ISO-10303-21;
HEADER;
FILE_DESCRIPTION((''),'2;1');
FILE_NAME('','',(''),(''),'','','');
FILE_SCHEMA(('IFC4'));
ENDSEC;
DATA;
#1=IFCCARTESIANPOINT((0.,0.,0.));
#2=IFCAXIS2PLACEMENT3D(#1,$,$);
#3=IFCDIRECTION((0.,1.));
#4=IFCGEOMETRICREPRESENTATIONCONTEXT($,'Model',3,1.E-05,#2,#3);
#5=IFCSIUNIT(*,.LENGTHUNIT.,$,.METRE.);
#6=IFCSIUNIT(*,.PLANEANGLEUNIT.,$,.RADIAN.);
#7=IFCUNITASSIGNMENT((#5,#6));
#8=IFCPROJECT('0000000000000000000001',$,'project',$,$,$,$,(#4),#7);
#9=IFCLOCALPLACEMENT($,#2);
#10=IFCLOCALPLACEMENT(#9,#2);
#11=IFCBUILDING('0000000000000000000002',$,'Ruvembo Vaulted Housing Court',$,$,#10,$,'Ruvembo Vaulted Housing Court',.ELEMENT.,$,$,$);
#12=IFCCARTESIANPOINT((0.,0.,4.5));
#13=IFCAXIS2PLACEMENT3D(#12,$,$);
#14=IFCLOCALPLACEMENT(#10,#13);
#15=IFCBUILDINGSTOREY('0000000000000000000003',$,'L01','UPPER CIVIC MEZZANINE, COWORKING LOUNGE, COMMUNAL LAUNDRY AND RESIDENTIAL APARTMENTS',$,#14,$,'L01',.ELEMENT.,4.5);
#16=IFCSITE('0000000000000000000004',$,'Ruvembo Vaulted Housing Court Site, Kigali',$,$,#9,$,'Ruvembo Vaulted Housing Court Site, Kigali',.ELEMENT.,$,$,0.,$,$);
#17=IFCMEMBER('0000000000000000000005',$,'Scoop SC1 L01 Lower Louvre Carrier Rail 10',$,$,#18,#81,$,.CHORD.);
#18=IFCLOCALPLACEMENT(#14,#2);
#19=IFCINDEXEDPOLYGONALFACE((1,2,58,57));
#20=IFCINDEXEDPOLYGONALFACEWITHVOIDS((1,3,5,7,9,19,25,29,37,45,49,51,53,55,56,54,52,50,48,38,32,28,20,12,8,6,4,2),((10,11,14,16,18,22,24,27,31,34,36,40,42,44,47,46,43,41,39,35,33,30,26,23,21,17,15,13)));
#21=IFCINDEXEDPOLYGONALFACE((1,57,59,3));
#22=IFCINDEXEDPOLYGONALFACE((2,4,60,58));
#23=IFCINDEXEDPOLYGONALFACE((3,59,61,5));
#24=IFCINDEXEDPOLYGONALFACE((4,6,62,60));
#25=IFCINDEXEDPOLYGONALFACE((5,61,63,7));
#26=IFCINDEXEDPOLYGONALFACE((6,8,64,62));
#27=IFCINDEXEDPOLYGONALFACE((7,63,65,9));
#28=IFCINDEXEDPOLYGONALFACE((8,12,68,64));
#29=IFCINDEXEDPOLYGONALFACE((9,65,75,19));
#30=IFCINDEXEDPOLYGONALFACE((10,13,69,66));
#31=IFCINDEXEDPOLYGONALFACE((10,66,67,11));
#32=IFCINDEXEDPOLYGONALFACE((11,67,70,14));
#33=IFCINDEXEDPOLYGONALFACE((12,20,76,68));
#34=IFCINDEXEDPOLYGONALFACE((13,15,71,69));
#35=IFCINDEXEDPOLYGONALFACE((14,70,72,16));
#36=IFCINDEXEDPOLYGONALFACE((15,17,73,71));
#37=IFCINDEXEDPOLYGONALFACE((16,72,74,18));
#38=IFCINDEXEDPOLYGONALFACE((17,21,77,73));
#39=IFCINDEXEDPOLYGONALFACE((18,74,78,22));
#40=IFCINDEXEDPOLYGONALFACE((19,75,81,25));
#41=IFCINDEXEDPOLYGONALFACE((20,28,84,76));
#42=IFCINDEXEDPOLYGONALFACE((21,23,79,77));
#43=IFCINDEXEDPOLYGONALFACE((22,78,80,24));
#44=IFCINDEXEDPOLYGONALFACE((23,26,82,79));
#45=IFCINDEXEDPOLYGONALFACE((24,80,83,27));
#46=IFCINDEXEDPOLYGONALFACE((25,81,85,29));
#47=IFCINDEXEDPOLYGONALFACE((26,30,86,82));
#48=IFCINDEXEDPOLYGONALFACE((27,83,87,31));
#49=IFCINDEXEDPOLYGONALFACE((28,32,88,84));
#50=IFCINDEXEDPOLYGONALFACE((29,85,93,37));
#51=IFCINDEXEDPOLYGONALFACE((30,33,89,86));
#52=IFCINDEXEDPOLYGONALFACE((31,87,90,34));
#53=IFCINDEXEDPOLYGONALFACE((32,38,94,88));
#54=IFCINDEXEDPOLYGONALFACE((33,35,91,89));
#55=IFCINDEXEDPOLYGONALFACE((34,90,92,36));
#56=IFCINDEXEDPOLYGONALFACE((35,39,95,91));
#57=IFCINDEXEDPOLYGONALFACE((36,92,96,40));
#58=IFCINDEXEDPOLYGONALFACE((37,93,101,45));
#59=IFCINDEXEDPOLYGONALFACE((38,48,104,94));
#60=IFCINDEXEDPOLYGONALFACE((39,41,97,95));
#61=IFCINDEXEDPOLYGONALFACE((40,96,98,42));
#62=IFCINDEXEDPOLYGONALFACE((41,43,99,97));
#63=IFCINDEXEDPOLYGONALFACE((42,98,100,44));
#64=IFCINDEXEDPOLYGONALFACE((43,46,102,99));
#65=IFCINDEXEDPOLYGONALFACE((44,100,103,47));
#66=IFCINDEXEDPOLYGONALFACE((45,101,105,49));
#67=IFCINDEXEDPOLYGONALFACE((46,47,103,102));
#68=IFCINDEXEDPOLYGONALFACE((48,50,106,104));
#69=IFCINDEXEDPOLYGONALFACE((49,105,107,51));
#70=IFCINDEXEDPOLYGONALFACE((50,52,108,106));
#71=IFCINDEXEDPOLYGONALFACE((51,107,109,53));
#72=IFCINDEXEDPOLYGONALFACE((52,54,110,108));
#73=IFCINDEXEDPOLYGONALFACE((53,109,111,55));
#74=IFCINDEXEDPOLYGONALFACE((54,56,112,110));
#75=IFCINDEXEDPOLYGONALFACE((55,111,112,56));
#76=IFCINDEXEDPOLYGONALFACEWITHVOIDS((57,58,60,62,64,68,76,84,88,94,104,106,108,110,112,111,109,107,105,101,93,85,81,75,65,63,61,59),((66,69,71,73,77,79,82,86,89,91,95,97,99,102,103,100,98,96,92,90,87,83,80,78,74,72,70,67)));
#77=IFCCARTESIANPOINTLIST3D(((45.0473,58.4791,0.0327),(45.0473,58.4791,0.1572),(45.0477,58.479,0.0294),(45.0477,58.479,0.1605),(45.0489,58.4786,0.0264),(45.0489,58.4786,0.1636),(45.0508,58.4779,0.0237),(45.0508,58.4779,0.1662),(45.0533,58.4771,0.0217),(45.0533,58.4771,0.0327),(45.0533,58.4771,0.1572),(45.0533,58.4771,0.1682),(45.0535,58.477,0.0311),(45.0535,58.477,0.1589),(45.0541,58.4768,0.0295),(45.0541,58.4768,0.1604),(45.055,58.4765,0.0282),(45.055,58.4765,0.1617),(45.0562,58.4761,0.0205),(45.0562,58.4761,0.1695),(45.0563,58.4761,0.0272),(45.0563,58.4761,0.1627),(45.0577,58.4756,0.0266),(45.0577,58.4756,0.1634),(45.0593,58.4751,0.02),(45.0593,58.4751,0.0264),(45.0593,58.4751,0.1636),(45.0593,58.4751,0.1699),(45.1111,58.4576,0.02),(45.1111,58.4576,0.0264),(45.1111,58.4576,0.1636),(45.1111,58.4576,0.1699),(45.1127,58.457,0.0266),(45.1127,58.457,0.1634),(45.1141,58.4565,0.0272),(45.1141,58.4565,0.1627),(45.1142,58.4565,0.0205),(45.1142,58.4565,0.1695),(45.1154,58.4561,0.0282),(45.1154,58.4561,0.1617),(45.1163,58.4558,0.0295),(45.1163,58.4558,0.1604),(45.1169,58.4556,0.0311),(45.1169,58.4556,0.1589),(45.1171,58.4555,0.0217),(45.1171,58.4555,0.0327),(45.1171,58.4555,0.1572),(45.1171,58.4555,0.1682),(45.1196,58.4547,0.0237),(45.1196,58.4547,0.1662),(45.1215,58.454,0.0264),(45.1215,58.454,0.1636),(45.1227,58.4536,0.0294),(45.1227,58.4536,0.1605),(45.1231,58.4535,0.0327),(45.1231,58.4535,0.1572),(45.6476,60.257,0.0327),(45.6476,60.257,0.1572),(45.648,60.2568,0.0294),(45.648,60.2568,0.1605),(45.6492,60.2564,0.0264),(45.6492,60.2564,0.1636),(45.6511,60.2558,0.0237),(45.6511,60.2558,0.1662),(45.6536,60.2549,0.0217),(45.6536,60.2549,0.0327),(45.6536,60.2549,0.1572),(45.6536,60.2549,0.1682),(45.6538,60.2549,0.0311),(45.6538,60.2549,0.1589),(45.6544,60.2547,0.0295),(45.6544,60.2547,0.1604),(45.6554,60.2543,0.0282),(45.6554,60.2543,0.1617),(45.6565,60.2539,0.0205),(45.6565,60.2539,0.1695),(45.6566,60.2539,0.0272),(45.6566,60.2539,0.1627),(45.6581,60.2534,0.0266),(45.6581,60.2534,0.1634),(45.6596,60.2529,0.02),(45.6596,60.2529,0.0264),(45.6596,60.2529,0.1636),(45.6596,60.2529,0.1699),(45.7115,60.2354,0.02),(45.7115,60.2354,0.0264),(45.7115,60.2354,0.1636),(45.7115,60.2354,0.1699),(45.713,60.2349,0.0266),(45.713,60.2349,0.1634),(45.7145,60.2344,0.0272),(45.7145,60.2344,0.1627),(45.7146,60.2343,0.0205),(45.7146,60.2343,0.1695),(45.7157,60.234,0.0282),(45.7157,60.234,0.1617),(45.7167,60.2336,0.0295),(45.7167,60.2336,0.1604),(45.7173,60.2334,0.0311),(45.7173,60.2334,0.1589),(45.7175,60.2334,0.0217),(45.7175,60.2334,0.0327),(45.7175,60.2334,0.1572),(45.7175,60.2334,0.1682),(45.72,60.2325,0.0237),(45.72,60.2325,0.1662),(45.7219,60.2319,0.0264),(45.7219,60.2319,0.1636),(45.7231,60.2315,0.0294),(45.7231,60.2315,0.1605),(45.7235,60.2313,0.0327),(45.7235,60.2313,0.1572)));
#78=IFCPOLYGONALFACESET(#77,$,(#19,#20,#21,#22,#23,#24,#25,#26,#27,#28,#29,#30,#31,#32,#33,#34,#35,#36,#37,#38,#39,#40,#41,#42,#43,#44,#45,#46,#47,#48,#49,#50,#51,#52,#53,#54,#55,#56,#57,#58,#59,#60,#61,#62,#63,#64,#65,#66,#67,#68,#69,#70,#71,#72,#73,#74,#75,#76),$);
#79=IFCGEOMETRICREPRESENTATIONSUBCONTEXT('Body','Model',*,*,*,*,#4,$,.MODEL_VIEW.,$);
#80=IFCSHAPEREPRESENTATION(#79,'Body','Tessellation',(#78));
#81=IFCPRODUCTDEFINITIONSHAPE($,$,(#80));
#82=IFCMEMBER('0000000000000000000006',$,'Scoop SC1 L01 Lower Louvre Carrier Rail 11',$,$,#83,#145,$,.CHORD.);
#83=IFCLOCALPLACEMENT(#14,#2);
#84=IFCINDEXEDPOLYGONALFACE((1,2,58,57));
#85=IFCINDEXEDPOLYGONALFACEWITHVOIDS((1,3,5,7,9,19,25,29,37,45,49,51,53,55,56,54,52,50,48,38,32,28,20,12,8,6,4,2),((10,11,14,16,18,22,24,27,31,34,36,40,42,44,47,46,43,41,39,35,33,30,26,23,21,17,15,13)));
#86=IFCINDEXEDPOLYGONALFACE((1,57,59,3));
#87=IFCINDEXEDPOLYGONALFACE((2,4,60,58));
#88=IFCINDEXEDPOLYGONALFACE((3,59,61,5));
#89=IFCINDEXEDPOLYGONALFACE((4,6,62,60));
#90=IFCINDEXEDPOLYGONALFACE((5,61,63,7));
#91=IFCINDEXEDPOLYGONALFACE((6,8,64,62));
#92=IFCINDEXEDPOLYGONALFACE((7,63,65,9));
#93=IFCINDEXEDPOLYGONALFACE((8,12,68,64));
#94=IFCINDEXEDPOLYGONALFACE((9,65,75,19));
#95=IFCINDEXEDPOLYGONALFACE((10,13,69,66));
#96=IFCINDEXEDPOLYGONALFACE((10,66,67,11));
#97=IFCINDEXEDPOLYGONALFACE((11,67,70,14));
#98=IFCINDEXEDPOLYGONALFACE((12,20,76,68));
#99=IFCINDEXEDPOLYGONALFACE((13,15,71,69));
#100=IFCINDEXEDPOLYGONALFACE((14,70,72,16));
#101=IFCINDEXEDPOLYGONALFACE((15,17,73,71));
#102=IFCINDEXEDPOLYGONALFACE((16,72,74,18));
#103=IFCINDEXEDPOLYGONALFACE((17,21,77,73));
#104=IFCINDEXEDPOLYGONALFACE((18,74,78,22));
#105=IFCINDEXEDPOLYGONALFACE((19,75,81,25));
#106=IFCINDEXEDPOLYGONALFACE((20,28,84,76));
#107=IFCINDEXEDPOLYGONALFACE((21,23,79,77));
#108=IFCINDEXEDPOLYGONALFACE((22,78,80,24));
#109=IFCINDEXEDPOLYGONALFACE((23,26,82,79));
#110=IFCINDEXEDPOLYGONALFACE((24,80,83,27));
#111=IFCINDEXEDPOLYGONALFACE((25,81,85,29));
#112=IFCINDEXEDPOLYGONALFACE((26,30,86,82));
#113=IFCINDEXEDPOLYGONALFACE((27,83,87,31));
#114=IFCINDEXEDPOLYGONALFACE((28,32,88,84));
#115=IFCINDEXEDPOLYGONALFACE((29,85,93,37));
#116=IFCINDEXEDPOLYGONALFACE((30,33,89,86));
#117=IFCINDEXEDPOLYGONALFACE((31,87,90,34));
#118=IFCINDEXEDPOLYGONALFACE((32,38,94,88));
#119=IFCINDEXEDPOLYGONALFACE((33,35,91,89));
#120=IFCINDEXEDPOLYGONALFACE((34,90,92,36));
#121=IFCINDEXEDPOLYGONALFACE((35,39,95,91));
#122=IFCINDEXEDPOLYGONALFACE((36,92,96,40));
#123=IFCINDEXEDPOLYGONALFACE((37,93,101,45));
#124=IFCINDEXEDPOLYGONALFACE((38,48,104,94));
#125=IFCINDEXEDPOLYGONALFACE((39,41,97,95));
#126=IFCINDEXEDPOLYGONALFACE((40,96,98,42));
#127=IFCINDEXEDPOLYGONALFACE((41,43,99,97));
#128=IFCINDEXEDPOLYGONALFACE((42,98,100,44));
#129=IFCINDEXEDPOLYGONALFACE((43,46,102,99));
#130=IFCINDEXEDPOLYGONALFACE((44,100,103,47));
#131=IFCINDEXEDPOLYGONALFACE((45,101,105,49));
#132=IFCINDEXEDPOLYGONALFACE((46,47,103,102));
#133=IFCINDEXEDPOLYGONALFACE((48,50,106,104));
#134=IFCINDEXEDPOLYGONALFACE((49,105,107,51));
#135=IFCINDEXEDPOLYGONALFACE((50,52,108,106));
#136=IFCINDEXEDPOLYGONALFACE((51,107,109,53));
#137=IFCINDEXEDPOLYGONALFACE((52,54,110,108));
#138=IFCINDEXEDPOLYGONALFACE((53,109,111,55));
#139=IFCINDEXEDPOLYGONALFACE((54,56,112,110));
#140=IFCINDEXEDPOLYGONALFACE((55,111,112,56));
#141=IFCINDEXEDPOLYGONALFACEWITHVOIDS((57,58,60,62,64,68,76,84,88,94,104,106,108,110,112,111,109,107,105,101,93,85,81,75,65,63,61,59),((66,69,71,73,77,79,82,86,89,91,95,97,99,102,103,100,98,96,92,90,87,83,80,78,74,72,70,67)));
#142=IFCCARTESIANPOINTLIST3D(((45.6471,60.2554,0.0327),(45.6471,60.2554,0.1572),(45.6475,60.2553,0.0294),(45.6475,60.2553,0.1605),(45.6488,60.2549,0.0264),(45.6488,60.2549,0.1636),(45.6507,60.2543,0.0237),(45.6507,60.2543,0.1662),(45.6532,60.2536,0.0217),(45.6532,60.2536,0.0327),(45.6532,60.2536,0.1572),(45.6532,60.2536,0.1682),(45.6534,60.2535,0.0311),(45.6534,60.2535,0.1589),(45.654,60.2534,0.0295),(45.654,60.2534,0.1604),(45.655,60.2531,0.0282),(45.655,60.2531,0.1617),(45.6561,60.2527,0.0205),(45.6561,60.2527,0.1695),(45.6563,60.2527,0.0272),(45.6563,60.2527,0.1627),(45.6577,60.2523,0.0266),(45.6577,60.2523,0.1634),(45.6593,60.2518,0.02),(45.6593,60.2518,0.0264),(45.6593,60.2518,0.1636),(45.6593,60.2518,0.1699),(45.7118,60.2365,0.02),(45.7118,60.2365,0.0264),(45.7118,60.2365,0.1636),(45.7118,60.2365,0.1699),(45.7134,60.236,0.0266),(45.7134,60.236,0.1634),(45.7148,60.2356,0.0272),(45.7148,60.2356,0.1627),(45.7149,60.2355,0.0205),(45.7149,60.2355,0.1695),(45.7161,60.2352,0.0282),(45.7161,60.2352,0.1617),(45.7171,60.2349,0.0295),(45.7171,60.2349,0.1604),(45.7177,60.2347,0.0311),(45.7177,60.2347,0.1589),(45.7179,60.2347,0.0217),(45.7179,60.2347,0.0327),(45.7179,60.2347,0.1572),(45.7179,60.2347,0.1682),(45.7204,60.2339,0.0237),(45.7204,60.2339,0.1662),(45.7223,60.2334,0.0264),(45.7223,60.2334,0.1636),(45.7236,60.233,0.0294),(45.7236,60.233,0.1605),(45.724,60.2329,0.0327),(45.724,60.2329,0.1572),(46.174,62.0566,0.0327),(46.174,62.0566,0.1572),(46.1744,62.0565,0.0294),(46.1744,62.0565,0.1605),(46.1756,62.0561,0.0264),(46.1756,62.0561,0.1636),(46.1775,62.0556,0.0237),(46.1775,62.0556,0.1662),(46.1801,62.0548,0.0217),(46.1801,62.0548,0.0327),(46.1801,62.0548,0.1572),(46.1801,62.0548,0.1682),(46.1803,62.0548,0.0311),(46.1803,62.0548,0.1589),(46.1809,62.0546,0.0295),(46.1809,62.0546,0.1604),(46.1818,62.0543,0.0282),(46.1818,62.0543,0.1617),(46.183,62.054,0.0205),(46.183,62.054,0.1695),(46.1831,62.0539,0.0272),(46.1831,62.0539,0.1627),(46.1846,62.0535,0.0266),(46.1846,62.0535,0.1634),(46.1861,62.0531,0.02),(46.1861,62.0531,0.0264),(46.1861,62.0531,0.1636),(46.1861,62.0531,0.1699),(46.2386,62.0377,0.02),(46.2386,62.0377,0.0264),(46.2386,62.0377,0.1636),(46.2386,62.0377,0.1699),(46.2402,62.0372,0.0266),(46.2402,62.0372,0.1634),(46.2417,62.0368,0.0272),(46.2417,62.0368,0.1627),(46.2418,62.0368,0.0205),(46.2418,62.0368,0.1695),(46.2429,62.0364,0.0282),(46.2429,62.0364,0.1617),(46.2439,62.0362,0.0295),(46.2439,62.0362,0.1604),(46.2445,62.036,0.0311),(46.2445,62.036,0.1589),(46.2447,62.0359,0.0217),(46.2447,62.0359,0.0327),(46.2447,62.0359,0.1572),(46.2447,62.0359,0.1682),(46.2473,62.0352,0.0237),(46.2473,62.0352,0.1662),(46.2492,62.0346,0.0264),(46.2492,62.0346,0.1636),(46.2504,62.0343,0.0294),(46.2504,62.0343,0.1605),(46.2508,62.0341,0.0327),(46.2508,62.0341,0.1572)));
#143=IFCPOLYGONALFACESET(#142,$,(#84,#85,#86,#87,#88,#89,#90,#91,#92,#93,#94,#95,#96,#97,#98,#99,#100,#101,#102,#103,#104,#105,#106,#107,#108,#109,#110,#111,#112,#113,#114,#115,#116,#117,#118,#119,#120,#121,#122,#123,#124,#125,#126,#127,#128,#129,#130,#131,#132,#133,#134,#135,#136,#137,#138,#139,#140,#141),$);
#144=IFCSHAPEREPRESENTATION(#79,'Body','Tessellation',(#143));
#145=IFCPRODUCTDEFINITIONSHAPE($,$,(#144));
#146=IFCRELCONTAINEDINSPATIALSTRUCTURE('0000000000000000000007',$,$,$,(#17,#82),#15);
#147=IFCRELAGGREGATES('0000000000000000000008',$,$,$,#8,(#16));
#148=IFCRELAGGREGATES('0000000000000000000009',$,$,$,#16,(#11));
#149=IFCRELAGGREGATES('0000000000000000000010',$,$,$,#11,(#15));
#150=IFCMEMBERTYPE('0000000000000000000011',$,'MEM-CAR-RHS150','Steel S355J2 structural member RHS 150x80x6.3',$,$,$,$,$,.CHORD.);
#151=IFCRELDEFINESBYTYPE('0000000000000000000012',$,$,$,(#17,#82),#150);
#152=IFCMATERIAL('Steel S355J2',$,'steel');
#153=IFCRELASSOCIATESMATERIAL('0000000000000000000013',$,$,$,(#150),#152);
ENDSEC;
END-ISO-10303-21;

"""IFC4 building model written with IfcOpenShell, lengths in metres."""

from ifc_helpers import new_model, si_unit, direction, frame, origin, origin_2d, place, context, subcontext, project, spatial, hollow_rectangle, extrude, material, material_profile, profile_set, type_object, element, save


model = new_model("IFC4")

# Units and contexts
model_context = context("Model", 3, precision=1e-05, world=origin(), true_north=direction((0.0, 1.0)))
body_context = subcontext(model_context, "Body", "Model", "MODEL_VIEW")
ifc_project = project(units=[si_unit("LENGTHUNIT", "METRE"), si_unit("PLANEANGLEUNIT", "RADIAN")], contexts=[model_context])

# Site, building, storey
site_placement = place(None, origin())
site = spatial("IfcSite", under=ifc_project, at=site_placement, Name="Ruvembo Vaulted Housing Court Site, Kigali", LongName="Ruvembo Vaulted Housing Court Site, Kigali", CompositionType="ELEMENT", RefElevation=0.0)
building_placement = place(site_placement, origin())
building = spatial("IfcBuilding", under=site, at=building_placement, Name="Ruvembo Vaulted Housing Court", LongName="Ruvembo Vaulted Housing Court", CompositionType="ELEMENT")
storey_placement = place(building_placement, frame((0.0, 0.0, 4.5)))
storey = spatial("IfcBuildingStorey", under=building, at=storey_placement, Name="L01", Description="UPPER CIVIC MEZZANINE, COWORKING LOUNGE, COMMUNAL LAUNDRY AND RESIDENTIAL APARTMENTS", LongName="L01", CompositionType="ELEMENT", Elevation=4.5)

# Shared definitions
ifc_material_1 = material(Name="Steel S355J2", Category="steel")

# Members
ifc_material_profile_1 = material_profile(ifc_material_1, hollow_rectangle(XDim=0.0801, YDim=0.1499, WallThickness=0.0063, InnerFilletRadius=0.0063, OuterFilletRadius=0.0127, at=origin_2d()), Name="RHS 150x80x6.3")
ifc_profile_set_1 = profile_set([ifc_material_profile_1], Name="Steel S355J2")
member_type_1 = type_object("IfcMemberType", Name="MEM-CAR-RHS150", Description="Steel S355J2 structural member RHS 150x80x6.3", PredefinedType="CHORD", material=ifc_profile_set_1)
member_1_placement = place(storey_placement, frame((45.0852, 58.4663, 0.095), z_axis=(0.319933, 0.94744, 0.0), x_axis=(-0.94744, 0.319933, 0.0)))
element("IfcMember", 1, at=member_1_placement, inside=storey, type_object=member_type_1, Name="Scoop SC1 L01 Lower Louvre Carrier Rail 10", PredefinedType="CHORD", context=body_context, shape_type="SweptSolid", body=[
    extrude(hollow_rectangle(XDim=0.0801, YDim=0.1499, WallThickness=0.0063, InnerFilletRadius=0.0063, OuterFilletRadius=0.0127, at=origin_2d()), origin(), (0.0, 0.0, 1.0), 1.8765),
])
member_2_placement = place(storey_placement, frame((45.6855, 60.2441, 0.095), z_axis=(0.280729, 0.959787, 0.0), x_axis=(-0.959787, 0.280729, 0.0)))
element("IfcMember", 2, at=member_2_placement, inside=storey, type_object=member_type_1, Name="Scoop SC1 L01 Lower Louvre Carrier Rail 11", PredefinedType="CHORD", context=body_context, shape_type="SweptSolid", body=[
    extrude(hollow_rectangle(XDim=0.0801, YDim=0.1499, WallThickness=0.0063, InnerFilletRadius=0.0063, OuterFilletRadius=0.0127, at=origin_2d()), origin(), (0.0, 0.0, 1.0), 1.8767),
])

save(model, "model.ifc")
